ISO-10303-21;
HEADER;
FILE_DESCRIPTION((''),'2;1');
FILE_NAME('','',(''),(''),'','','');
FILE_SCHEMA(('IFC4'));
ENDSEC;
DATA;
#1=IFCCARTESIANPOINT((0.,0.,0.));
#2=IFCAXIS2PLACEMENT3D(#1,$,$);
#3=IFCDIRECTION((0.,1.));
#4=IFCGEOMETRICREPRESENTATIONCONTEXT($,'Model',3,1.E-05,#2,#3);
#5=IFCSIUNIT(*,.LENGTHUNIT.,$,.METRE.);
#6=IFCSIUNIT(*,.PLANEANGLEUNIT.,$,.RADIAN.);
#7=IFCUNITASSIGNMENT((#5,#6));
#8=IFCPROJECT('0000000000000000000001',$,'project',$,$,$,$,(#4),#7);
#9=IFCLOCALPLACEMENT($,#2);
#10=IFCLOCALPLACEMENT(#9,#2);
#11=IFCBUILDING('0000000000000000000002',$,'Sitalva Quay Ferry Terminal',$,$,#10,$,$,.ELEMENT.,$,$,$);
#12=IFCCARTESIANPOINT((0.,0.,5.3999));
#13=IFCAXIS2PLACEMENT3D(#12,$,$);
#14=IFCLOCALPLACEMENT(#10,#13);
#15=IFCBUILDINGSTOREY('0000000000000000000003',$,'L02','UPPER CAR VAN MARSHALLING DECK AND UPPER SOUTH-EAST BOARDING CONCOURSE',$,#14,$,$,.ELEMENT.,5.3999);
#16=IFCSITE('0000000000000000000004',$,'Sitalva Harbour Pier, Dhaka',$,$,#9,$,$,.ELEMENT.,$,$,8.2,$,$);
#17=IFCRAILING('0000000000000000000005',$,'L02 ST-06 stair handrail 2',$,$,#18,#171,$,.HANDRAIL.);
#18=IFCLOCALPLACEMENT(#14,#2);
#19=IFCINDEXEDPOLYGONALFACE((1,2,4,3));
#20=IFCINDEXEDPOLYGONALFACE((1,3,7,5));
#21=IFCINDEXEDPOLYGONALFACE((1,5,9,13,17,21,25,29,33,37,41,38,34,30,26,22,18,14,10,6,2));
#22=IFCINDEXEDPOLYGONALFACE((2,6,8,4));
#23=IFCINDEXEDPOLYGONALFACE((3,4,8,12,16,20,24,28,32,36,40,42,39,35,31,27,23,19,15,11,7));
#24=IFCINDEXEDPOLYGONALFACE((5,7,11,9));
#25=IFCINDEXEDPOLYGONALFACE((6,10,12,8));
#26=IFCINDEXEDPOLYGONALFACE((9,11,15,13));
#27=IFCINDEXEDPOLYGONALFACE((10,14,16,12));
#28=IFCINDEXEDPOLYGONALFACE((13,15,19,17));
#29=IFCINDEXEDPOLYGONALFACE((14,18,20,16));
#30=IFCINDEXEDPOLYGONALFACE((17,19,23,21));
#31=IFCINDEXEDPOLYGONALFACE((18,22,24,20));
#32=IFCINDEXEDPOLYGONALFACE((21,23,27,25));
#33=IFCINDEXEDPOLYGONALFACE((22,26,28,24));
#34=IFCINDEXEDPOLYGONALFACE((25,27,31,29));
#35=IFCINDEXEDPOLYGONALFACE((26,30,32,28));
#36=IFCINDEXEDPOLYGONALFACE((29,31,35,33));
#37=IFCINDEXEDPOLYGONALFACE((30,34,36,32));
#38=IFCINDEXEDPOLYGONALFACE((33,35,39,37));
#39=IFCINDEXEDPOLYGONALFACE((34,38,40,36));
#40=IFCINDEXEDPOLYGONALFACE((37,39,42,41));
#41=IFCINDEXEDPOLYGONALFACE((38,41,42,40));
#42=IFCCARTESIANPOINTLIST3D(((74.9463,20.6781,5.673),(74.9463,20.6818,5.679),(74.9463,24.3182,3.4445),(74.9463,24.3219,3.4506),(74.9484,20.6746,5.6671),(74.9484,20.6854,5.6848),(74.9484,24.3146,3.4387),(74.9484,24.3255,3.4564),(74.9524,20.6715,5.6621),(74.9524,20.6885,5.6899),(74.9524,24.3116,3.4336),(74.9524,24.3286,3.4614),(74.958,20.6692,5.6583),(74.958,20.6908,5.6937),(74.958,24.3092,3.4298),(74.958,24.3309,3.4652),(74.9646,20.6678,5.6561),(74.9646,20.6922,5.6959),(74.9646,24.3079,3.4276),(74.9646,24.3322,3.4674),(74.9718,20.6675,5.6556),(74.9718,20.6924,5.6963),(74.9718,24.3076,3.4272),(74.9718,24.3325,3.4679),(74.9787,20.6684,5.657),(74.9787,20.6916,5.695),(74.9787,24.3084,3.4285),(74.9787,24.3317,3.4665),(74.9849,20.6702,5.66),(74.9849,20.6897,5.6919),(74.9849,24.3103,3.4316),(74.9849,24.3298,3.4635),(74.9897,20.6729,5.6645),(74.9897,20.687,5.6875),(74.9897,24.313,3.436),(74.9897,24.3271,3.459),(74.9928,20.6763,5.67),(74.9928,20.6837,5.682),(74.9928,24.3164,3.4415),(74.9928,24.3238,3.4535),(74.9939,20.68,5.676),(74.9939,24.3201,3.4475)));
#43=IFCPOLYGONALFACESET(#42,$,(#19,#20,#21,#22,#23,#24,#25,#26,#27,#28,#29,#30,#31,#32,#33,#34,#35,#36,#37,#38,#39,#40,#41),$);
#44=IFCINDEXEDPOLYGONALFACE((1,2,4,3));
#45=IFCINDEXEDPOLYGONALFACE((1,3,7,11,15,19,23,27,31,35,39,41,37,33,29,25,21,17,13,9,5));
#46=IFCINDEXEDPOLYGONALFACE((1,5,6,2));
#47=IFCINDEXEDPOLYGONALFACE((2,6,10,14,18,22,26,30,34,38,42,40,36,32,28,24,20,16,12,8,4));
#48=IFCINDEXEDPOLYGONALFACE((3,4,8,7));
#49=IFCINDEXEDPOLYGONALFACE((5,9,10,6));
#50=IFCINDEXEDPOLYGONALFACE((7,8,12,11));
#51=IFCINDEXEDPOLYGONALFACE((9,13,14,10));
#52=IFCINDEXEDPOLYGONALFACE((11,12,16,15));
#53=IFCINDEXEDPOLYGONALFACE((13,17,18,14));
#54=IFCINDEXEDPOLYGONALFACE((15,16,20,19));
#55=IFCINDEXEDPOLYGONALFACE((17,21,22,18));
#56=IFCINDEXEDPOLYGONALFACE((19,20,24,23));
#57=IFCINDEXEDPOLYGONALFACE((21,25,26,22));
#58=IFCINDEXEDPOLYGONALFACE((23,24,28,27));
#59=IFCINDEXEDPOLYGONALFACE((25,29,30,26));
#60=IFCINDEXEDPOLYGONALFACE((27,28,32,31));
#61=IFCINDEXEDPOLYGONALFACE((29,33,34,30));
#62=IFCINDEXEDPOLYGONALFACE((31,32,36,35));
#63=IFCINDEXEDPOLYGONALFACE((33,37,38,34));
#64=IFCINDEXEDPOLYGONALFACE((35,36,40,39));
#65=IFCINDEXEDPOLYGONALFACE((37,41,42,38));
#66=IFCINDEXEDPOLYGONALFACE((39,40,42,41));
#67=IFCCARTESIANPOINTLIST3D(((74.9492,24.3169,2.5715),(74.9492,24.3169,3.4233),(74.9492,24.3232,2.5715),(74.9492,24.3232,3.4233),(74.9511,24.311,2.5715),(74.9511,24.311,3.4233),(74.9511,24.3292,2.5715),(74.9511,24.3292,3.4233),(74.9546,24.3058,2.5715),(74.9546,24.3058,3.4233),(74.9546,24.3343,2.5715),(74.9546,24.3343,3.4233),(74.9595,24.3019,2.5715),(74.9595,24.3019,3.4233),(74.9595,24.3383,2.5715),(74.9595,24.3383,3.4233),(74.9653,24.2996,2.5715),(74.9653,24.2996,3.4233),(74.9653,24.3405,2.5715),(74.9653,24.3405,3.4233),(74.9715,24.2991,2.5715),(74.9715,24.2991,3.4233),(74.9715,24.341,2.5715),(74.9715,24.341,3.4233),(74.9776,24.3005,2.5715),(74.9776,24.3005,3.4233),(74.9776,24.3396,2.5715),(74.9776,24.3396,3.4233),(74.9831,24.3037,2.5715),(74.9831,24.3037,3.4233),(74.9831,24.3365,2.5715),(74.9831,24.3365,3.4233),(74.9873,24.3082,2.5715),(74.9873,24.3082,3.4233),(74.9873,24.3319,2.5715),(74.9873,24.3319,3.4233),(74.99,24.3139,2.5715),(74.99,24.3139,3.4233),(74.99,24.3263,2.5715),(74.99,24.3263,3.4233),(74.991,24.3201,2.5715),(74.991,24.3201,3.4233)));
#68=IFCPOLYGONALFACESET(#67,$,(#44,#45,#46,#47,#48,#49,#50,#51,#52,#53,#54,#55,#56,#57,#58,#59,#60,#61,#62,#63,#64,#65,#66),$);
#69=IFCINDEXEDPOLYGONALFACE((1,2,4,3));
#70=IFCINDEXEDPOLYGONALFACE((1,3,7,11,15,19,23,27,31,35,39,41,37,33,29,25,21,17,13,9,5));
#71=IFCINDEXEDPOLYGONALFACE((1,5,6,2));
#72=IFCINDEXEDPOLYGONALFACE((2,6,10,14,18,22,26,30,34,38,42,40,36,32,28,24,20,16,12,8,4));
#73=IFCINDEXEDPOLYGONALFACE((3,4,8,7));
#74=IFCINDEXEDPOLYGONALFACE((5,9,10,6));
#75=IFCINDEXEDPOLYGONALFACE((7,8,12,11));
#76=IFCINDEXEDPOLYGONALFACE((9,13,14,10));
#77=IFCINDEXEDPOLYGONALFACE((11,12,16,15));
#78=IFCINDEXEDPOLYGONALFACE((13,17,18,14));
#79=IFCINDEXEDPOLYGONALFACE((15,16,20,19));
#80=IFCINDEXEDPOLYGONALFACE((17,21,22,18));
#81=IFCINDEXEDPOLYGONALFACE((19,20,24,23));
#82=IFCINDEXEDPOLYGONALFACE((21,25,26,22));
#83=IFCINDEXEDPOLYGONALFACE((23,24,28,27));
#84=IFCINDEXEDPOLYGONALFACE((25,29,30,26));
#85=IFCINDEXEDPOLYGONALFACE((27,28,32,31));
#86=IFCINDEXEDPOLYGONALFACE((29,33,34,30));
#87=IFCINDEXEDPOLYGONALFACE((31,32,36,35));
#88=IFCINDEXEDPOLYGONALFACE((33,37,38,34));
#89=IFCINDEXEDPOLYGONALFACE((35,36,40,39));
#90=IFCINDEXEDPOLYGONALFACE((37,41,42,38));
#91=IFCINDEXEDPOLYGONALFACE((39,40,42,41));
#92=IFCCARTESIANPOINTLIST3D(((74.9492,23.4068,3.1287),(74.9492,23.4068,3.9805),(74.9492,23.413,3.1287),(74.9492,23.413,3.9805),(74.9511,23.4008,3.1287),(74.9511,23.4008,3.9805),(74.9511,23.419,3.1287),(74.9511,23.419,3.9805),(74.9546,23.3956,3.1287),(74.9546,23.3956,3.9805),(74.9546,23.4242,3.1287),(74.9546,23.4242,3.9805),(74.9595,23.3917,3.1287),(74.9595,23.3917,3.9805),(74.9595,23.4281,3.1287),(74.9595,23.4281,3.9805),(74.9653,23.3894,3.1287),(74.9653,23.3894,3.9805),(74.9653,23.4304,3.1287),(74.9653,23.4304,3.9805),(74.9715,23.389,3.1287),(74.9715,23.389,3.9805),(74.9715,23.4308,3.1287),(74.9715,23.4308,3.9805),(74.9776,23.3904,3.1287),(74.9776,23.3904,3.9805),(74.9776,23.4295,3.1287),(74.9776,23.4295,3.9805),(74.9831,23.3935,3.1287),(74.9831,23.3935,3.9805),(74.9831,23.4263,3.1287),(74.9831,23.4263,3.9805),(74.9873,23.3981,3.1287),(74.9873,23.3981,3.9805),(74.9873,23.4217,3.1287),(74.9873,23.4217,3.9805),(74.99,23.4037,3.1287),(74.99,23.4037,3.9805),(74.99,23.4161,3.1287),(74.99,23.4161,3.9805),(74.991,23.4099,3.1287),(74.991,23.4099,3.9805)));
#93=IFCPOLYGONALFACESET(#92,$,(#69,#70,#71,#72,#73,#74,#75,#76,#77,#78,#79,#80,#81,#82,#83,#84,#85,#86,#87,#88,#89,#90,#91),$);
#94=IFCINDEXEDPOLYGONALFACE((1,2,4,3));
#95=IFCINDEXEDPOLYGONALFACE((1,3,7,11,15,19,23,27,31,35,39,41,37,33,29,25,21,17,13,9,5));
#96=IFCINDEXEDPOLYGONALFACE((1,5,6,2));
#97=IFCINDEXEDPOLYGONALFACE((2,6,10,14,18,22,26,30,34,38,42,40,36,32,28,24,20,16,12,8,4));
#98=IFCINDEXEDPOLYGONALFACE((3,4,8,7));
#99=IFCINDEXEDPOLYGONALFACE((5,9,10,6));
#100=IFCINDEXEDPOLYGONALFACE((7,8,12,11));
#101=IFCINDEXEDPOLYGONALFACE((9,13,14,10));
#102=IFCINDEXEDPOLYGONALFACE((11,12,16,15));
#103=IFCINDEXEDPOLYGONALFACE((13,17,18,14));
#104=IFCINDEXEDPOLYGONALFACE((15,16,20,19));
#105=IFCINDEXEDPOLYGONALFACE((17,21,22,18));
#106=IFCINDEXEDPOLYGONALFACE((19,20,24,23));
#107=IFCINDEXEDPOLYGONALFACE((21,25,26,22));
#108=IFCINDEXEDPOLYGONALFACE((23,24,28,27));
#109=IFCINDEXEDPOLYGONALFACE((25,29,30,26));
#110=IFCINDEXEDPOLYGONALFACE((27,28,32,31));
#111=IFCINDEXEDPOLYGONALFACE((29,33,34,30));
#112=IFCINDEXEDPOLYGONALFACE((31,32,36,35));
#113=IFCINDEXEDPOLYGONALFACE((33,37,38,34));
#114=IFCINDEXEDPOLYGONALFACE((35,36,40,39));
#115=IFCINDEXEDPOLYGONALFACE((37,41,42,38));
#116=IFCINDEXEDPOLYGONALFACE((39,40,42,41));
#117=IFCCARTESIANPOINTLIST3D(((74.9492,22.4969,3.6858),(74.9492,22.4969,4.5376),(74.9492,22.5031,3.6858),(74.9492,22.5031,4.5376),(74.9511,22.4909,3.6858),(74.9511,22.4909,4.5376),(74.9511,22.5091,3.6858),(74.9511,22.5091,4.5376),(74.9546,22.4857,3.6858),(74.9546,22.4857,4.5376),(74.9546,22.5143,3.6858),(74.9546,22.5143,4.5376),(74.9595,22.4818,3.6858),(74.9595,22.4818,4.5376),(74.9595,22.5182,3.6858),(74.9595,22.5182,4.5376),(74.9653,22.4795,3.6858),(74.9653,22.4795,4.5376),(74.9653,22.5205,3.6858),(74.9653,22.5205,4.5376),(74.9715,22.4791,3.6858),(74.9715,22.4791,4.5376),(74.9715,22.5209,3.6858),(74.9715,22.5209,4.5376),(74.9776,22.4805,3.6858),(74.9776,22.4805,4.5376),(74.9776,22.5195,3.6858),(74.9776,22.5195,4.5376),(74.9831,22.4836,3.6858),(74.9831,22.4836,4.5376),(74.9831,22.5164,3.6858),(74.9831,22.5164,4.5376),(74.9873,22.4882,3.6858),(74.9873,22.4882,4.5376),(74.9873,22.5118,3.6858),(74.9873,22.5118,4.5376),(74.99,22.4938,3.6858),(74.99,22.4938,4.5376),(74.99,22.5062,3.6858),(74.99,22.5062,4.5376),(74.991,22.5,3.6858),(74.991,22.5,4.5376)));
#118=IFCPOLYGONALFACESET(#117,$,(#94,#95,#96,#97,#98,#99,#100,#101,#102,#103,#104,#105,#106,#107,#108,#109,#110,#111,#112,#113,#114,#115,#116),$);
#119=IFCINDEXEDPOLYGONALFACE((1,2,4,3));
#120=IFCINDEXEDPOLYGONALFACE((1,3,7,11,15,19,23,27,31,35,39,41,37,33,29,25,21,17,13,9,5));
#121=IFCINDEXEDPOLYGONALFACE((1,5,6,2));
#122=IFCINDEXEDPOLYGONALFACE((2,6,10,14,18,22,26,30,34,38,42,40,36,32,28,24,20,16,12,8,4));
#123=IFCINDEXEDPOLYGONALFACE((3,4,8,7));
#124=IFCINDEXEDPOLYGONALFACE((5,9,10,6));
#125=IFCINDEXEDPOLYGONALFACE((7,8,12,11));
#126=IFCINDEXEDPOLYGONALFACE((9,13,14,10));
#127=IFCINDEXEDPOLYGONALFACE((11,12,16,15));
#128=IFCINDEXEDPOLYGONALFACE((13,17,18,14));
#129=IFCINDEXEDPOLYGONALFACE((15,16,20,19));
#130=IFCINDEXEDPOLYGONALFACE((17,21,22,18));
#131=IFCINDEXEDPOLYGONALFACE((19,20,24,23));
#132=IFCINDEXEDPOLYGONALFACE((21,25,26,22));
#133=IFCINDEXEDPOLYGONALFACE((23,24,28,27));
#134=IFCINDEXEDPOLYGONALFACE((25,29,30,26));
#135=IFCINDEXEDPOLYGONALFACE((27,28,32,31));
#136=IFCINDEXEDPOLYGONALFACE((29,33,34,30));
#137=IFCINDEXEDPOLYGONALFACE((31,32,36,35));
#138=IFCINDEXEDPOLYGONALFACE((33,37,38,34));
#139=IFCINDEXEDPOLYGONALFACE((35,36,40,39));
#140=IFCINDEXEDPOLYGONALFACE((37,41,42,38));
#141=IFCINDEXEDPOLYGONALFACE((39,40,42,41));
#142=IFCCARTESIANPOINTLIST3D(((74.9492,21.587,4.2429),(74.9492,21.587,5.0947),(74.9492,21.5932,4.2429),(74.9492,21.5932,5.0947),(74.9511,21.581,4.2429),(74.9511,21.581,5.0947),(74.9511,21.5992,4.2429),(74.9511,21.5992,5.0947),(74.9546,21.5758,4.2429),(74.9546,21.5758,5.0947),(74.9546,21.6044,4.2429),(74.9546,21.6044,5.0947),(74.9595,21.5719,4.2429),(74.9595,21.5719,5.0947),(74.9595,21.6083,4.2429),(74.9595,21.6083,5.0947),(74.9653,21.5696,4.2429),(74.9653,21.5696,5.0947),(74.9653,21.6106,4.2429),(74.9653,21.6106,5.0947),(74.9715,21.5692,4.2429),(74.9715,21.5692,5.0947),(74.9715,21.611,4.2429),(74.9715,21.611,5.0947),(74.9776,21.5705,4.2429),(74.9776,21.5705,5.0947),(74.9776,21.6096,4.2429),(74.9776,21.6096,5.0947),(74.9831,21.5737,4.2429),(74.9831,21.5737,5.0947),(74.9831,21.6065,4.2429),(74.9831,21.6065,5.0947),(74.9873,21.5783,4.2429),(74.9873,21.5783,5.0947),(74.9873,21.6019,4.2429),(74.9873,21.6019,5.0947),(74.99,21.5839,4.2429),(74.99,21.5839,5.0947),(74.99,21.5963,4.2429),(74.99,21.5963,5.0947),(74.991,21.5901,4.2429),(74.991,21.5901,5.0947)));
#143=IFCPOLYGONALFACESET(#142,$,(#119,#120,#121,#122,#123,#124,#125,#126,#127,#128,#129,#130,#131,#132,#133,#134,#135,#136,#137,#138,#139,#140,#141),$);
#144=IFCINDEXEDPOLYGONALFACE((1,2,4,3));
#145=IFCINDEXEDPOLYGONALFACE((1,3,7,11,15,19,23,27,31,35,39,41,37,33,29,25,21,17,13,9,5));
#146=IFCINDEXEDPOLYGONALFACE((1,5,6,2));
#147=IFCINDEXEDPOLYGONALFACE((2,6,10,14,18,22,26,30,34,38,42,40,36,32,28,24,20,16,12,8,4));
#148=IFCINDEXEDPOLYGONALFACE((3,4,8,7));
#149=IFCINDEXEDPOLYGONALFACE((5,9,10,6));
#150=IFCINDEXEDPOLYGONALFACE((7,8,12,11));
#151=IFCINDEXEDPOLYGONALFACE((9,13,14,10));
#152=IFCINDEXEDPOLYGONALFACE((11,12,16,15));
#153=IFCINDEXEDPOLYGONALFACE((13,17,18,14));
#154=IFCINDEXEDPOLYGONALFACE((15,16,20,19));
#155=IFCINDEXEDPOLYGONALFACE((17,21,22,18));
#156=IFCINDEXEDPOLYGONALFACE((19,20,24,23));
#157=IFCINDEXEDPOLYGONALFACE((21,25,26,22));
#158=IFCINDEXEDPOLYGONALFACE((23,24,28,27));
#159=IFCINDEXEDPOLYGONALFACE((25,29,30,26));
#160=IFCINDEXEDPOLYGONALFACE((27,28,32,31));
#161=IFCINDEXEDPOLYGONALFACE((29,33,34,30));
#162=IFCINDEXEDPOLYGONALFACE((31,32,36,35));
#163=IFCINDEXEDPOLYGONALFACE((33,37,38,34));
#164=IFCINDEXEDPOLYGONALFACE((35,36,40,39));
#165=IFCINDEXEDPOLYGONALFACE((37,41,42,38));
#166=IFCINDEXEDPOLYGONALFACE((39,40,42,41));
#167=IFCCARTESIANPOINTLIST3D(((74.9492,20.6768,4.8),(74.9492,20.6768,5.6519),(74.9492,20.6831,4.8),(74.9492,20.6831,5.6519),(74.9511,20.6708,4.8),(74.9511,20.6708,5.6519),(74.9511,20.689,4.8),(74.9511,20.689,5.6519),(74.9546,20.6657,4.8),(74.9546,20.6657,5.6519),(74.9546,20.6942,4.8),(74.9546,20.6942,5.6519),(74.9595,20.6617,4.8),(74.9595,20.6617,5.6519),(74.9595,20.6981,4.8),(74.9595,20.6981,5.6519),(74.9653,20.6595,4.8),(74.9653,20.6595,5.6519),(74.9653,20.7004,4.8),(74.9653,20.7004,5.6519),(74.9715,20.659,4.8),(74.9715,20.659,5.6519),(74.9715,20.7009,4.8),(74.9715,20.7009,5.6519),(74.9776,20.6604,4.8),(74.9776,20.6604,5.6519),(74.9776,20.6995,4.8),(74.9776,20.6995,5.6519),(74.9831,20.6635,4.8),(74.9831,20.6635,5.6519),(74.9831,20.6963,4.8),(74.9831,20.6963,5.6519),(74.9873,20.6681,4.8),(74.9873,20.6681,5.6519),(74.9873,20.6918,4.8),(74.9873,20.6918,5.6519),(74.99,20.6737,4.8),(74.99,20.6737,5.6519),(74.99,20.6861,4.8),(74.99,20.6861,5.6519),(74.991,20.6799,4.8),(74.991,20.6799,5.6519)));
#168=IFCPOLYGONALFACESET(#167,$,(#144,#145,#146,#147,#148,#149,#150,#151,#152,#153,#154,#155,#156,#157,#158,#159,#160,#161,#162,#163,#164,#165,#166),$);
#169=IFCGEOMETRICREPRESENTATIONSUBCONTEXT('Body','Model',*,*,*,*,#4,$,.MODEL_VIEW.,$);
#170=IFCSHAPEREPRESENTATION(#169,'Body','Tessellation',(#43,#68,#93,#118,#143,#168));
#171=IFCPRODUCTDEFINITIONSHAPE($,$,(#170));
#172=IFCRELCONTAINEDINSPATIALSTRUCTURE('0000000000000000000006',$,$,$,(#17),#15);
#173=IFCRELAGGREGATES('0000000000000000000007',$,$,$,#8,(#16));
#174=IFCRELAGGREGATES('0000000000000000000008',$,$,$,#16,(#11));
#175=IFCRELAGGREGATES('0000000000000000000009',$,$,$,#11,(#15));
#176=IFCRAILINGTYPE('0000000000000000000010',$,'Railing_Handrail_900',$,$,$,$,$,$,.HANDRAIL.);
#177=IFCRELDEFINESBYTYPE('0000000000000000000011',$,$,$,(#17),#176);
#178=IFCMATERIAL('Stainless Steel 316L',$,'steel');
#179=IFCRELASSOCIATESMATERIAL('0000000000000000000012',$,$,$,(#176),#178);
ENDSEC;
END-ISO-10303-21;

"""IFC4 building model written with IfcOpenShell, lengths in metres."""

from ifc_helpers import new_model, si_unit, direction, frame, origin, origin_2d, place, context, subcontext, project, spatial, circle, extrude, material, type_object, element, save


model = new_model("IFC4")

# Units and contexts
model_context = context("Model", 3, precision=1e-05, world=origin(), true_north=direction((0.0, 1.0)))
body_context = subcontext(model_context, "Body", "Model", "MODEL_VIEW")
ifc_project = project(units=[si_unit("LENGTHUNIT", "METRE"), si_unit("PLANEANGLEUNIT", "RADIAN")], contexts=[model_context])

# Site, building, storey
site_placement = place(None, origin())
site = spatial("IfcSite", under=ifc_project, at=site_placement, Name="Sitalva Harbour Pier, Dhaka", CompositionType="ELEMENT", RefElevation=8.2)
building_placement = place(site_placement, origin())
building = spatial("IfcBuilding", under=site, at=building_placement, Name="Sitalva Quay Ferry Terminal", CompositionType="ELEMENT")
storey_placement = place(building_placement, frame((0.0, 0.0, 5.3999)))
storey = spatial("IfcBuildingStorey", under=building, at=storey_placement, Name="L02", Description="UPPER CAR VAN MARSHALLING DECK AND UPPER SOUTH-EAST BOARDING CONCOURSE", CompositionType="ELEMENT", Elevation=5.3999)

# Railing
ifc_material_1 = material(Name="Stainless Steel 316L", Category="steel")
railing_type_1 = type_object("IfcRailingType", Name="Railing_Handrail_900", PredefinedType="HANDRAIL", material=ifc_material_1)
railing_1_placement = place(storey_placement, frame((74.97, 24.3201, 2.5715)))
element("IfcRailing", 1, at=railing_1_placement, inside=storey, type_object=railing_type_1, Name="L02 ST-06 stair handrail 2", PredefinedType="HANDRAIL", context=body_context, shape_type="SweptSolid", body=[
    extrude(circle(Radius=0.0239, at=origin_2d()), frame((0.0, 0.0, 0.876), z_axis=(0.0, -0.852866, 0.52213), x_axis=(1.0, 0.0, 0.0)), (0.0, 0.0, 1.0), 4.2681),
    extrude(circle(Radius=0.021, at=origin_2d()), origin(), (0.0, 0.0, 1.0), 0.8518),
    extrude(circle(Radius=0.021, at=origin_2d()), frame((0.0, -0.9102, 0.5571)), (0.0, 0.0, 1.0), 0.8518),
    extrude(circle(Radius=0.021, at=origin_2d()), frame((0.0, -1.8201, 1.1143)), (0.0, 0.0, 1.0), 0.8518),
    extrude(circle(Radius=0.021, at=origin_2d()), frame((0.0, -2.73, 1.6714)), (0.0, 0.0, 1.0), 0.8518),
    extrude(circle(Radius=0.021, at=origin_2d()), frame((0.0, -3.6401, 2.2285)), (0.0, 0.0, 1.0), 0.8518),
])

save(model, "model.ifc")
